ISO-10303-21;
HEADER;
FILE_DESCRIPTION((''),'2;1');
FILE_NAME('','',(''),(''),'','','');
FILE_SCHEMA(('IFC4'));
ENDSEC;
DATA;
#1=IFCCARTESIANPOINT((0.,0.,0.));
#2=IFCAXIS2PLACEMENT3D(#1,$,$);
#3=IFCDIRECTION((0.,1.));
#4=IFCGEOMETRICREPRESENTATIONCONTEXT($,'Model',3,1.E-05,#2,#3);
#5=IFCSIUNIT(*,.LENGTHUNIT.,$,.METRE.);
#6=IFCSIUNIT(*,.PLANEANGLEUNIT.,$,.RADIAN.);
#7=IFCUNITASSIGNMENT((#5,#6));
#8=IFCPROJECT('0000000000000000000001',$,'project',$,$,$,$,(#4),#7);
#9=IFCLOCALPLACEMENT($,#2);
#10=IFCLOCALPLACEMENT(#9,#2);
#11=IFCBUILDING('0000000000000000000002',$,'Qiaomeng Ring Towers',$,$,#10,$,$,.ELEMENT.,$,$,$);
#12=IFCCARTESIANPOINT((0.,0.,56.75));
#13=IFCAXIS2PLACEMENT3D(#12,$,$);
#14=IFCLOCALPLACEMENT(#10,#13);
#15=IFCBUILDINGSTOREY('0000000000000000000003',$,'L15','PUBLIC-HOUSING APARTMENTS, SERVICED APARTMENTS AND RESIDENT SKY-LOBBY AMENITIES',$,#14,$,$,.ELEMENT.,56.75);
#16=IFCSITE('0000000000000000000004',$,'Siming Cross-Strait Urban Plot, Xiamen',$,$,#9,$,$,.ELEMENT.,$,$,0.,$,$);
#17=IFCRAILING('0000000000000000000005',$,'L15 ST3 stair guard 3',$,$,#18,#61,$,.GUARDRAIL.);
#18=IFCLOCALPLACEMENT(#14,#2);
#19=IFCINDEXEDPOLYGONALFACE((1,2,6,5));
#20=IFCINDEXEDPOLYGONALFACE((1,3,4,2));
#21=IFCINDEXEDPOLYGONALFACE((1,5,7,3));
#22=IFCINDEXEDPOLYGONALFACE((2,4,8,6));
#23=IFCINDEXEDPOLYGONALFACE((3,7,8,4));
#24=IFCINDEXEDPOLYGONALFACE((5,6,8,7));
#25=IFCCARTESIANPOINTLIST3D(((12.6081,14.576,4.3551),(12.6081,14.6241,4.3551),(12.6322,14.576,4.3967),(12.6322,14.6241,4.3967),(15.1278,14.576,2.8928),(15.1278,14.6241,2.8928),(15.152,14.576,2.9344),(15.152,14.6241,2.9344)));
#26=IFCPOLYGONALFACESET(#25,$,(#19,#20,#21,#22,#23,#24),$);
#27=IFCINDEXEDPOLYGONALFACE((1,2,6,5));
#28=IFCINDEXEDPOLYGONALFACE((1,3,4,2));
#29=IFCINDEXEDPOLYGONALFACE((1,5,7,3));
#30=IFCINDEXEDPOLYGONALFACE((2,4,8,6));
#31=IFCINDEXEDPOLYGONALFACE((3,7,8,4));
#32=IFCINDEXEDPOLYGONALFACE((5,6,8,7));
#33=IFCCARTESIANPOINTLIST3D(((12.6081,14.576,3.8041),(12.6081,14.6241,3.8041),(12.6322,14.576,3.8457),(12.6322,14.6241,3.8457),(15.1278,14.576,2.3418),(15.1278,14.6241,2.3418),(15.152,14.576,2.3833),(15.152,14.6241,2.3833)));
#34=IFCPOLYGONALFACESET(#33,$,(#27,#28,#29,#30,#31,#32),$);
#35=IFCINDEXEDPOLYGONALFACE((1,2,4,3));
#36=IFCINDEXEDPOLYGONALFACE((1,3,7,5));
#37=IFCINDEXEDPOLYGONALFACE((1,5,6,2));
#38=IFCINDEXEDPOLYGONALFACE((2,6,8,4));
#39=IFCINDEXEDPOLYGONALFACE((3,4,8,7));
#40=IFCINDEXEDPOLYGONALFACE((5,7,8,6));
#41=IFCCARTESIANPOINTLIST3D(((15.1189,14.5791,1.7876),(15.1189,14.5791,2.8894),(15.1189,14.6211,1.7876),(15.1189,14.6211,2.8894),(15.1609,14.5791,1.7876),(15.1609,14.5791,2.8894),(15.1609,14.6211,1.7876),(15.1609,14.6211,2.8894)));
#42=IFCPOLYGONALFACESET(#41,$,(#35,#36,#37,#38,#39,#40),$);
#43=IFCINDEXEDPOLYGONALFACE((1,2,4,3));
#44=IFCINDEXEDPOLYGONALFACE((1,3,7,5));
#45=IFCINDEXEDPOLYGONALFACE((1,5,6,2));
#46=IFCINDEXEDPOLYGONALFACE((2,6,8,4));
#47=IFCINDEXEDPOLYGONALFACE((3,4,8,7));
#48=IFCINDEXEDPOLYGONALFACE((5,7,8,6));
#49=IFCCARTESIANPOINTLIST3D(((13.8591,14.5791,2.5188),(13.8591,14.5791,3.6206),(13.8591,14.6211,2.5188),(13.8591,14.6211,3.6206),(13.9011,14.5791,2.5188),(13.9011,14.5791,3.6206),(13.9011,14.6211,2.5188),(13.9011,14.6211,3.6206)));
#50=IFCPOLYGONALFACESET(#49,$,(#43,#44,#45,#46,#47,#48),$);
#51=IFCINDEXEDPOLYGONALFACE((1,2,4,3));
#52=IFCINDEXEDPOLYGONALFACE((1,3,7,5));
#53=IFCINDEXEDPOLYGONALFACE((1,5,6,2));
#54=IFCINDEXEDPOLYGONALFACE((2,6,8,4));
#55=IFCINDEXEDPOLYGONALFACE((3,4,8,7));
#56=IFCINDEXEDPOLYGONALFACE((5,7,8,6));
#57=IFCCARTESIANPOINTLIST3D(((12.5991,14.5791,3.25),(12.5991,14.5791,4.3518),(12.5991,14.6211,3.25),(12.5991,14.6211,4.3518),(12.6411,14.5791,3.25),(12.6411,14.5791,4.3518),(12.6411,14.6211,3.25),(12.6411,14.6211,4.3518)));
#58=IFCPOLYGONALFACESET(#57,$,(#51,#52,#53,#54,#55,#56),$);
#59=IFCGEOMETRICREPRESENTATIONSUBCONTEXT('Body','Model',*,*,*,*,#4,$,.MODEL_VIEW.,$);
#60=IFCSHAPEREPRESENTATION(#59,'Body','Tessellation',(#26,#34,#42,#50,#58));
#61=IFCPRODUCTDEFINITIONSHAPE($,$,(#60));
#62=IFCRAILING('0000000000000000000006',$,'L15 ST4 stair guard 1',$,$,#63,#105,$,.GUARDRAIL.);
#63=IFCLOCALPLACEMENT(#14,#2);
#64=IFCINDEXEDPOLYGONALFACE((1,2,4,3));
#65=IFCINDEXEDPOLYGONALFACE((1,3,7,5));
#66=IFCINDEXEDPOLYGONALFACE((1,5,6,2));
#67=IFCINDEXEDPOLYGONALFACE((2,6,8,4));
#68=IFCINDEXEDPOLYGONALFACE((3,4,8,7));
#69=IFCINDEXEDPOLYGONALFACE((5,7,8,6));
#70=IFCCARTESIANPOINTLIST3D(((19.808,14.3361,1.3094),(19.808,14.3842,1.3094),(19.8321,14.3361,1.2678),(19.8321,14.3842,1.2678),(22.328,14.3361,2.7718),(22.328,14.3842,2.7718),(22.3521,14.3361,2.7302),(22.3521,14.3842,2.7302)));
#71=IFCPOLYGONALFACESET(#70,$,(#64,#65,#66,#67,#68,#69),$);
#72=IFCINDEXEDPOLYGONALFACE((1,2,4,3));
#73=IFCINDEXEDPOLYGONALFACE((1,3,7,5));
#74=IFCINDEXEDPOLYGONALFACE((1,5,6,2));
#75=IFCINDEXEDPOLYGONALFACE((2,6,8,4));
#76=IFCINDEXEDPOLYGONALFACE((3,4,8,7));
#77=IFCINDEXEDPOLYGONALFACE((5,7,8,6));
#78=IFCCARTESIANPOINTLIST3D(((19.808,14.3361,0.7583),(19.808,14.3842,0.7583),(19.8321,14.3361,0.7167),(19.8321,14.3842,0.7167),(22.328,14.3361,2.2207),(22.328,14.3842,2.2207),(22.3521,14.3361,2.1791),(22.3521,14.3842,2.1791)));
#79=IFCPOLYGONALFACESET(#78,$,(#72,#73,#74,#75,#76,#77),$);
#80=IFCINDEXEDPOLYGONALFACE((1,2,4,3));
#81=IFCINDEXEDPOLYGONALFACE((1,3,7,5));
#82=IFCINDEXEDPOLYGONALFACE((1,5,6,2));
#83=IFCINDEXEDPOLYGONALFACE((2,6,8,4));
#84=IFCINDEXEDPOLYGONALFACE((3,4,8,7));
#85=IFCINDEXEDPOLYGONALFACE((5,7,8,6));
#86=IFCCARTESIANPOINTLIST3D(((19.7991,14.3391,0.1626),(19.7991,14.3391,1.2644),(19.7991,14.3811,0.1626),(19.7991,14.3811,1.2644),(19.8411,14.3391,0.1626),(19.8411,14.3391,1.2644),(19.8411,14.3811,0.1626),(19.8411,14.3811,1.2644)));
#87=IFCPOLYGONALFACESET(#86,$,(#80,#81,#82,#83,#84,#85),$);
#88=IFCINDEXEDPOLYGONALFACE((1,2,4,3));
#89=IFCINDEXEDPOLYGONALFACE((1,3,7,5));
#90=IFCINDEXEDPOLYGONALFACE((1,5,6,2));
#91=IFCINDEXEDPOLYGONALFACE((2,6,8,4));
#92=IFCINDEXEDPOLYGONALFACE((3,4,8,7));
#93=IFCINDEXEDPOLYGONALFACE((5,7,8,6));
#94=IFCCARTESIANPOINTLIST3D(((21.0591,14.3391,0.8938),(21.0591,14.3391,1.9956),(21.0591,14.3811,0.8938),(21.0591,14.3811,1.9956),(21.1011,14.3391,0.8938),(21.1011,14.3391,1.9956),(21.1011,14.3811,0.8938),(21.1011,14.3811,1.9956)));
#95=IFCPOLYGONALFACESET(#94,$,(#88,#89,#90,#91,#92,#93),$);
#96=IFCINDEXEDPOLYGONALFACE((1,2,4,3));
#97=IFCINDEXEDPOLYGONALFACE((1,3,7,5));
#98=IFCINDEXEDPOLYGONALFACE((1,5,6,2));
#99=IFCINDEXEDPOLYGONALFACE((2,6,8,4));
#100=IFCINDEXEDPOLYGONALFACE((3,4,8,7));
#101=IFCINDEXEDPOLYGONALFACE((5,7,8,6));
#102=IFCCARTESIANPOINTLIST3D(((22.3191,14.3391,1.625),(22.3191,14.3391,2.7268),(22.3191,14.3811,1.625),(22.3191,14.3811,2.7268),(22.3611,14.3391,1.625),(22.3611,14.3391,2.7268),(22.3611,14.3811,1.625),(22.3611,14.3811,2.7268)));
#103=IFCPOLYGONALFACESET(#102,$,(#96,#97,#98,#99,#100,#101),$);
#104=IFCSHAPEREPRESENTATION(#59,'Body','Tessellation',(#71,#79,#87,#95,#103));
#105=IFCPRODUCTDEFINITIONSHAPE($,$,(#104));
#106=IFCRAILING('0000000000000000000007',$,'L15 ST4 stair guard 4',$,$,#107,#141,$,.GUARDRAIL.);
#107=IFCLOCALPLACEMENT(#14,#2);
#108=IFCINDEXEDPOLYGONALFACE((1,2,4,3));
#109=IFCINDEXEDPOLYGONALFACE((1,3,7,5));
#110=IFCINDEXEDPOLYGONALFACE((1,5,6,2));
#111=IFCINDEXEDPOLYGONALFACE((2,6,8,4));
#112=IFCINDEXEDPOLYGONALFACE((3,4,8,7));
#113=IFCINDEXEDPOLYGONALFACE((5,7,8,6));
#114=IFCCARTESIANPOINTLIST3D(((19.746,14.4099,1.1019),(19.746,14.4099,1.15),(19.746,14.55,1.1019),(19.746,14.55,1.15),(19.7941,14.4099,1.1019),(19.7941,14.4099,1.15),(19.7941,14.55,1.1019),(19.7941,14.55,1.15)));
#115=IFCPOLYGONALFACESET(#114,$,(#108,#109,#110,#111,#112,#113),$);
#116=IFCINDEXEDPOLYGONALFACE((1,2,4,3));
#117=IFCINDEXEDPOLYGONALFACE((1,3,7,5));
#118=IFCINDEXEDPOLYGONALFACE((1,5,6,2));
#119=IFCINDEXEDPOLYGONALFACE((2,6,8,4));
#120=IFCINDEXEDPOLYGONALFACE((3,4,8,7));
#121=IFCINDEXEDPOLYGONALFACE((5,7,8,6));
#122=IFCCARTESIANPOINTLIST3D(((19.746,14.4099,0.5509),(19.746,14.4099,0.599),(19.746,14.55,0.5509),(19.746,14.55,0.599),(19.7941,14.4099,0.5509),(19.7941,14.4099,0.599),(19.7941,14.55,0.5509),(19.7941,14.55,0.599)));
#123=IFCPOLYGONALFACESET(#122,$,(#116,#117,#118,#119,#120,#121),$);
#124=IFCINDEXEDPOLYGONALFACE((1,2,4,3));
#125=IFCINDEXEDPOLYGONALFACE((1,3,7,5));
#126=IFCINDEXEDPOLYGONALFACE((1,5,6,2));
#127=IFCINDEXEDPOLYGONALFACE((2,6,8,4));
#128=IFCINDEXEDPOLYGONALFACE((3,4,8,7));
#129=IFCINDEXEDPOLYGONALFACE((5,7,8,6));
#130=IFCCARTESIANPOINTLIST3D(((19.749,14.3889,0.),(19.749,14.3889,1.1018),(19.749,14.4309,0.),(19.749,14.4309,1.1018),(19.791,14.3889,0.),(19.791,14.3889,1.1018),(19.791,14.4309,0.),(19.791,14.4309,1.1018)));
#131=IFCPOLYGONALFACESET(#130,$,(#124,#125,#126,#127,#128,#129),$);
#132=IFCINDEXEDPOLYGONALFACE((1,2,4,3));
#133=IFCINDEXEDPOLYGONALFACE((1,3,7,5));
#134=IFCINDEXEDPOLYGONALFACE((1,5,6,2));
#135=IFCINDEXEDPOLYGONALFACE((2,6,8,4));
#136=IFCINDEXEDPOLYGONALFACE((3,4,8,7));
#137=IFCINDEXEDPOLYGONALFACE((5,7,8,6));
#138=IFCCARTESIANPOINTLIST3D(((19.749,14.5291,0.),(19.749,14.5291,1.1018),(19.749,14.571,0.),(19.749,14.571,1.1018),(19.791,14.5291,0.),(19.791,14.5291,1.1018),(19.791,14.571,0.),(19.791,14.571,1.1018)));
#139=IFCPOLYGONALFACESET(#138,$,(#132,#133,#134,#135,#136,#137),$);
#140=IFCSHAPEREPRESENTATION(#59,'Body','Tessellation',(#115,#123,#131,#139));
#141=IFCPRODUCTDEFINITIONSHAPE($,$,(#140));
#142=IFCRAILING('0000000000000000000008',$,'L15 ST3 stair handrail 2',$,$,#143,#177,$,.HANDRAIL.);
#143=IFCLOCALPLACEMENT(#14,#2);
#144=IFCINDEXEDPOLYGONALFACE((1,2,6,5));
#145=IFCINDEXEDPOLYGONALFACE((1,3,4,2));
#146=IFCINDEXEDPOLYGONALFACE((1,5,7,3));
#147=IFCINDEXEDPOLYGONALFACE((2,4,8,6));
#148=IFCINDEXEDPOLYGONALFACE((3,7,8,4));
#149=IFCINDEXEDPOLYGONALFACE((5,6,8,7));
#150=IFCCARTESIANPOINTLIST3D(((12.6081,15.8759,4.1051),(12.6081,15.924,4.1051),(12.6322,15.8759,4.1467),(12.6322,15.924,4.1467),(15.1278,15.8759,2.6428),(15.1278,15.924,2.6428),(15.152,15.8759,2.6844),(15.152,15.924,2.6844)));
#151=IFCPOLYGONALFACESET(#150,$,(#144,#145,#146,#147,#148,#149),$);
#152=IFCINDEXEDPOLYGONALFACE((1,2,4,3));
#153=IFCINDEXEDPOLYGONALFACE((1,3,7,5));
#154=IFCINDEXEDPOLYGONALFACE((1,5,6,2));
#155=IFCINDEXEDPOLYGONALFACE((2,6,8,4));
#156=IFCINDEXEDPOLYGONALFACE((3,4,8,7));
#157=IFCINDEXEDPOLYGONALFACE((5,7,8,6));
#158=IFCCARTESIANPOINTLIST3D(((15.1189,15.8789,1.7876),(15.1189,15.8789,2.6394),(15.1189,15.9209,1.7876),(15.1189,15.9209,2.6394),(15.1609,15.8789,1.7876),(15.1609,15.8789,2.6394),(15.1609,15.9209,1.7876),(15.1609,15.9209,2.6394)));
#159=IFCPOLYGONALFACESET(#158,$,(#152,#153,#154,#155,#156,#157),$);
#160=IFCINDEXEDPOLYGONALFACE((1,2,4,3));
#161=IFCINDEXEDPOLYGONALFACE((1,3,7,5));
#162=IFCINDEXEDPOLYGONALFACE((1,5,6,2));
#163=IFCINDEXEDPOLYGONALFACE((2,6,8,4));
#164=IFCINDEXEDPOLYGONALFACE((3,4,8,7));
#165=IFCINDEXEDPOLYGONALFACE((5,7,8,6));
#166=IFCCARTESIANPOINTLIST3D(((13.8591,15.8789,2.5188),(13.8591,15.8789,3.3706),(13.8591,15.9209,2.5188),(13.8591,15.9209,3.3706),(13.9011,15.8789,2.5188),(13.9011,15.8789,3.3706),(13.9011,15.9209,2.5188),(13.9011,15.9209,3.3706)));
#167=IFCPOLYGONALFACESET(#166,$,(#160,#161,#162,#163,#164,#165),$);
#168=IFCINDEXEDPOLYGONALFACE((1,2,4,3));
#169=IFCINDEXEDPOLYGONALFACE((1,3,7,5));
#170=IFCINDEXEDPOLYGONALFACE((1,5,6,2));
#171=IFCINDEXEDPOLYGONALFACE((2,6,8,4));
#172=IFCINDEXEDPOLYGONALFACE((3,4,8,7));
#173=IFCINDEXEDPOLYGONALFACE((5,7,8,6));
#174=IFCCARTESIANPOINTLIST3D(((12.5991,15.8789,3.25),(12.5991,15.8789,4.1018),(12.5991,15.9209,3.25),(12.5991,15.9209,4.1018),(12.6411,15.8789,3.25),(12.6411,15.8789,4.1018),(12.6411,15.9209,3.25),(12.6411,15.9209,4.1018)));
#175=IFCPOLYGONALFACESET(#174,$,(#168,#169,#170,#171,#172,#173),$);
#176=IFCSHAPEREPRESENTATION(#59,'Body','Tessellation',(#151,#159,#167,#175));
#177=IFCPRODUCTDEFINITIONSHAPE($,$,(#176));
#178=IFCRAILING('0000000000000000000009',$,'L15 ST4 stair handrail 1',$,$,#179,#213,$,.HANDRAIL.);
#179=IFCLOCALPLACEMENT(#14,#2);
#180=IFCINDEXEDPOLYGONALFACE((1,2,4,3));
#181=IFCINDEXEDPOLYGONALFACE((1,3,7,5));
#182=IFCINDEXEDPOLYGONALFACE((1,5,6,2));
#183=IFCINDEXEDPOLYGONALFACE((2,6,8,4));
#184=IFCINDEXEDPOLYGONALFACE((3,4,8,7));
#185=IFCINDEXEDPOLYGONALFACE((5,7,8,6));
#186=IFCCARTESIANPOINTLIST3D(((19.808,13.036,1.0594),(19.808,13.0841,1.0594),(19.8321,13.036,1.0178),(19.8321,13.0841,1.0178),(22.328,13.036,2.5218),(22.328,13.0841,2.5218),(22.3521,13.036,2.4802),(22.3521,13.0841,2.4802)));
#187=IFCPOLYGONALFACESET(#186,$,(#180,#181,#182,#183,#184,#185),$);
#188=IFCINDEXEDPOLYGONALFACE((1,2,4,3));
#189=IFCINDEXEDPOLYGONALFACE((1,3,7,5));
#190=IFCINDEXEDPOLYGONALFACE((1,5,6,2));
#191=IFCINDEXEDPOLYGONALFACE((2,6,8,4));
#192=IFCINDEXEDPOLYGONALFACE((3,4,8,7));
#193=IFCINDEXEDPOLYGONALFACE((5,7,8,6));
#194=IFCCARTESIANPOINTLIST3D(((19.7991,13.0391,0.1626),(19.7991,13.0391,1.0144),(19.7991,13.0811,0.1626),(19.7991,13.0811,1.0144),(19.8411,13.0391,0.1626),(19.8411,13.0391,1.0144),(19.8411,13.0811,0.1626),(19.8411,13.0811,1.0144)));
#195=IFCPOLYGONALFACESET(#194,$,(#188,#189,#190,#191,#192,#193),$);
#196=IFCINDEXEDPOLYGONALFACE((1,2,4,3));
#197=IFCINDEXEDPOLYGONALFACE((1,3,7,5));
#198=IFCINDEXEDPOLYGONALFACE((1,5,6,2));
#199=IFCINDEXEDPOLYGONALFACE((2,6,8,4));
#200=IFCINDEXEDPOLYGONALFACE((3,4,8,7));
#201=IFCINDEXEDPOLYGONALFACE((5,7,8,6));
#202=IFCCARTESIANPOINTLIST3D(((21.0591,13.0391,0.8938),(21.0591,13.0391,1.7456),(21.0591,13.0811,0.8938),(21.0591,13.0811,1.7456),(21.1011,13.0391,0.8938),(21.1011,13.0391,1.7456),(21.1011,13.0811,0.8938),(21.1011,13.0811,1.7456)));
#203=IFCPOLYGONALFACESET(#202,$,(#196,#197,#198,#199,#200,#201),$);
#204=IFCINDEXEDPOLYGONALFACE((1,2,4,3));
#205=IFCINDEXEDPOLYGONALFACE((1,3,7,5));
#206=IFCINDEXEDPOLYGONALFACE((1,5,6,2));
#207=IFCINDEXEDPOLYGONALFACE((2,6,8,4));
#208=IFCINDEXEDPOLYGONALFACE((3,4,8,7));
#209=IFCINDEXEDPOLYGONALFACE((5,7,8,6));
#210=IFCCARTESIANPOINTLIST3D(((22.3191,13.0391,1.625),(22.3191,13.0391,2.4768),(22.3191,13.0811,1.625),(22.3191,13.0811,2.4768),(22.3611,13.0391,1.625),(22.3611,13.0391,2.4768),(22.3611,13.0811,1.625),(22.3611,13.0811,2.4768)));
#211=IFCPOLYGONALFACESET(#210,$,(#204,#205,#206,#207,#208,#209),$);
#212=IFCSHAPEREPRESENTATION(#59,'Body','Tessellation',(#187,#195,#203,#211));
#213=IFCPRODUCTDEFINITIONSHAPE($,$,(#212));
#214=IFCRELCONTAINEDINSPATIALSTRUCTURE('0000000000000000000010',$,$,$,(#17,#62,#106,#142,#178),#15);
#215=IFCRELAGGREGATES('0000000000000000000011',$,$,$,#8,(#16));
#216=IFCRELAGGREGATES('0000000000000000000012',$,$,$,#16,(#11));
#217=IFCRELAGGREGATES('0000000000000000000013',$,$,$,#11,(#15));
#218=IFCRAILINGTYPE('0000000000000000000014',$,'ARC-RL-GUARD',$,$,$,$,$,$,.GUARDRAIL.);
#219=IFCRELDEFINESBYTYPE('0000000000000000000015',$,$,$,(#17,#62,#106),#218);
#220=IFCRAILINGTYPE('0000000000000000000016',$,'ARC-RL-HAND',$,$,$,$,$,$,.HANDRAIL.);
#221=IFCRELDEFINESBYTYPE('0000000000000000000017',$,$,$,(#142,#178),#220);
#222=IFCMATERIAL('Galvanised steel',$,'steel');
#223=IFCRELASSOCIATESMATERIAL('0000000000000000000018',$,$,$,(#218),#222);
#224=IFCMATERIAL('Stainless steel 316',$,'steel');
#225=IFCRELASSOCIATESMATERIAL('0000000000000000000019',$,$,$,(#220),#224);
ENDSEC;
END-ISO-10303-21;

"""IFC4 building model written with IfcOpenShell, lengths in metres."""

from ifc_helpers import new_model, si_unit, direction, frame, origin, origin_2d, place, context, subcontext, project, spatial, rectangle, extrude, material, type_object, element, save


model = new_model("IFC4")

# Units and contexts
model_context = context("Model", 3, precision=1e-05, world=origin(), true_north=direction((0.0, 1.0)))
body_context = subcontext(model_context, "Body", "Model", "MODEL_VIEW")
ifc_project = project(units=[si_unit("LENGTHUNIT", "METRE"), si_unit("PLANEANGLEUNIT", "RADIAN")], contexts=[model_context])

# Site, building, storey
site_placement = place(None, origin())
site = spatial("IfcSite", under=ifc_project, at=site_placement, Name="Siming Cross-Strait Urban Plot, Xiamen", CompositionType="ELEMENT", RefElevation=0.0)
building_placement = place(site_placement, origin())
building = spatial("IfcBuilding", under=site, at=building_placement, Name="Qiaomeng Ring Towers", CompositionType="ELEMENT")
storey_placement = place(building_placement, frame((0.0, 0.0, 56.75)))
storey = spatial("IfcBuildingStorey", under=building, at=storey_placement, Name="L15", Description="PUBLIC-HOUSING APARTMENTS, SERVICED APARTMENTS AND RESIDENT SKY-LOBBY AMENITIES", CompositionType="ELEMENT", Elevation=56.75)

# Shared definitions
ifc_material_1 = material(Name="Galvanised steel", Category="steel")

# Railings
railing_type_1 = type_object("IfcRailingType", Name="ARC-RL-GUARD", PredefinedType="GUARDRAIL", material=ifc_material_1)
railing_1_placement = place(storey_placement, frame((15.1399, 14.6001, 1.7876)))
element("IfcRailing", 1, at=railing_1_placement, inside=storey, type_object=railing_type_1, Name="L15 ST3 stair guard 3", PredefinedType="GUARDRAIL", context=body_context, shape_type="SweptSolid", body=[
    extrude(rectangle(XDim=0.0481, YDim=0.0481, at=origin_2d()), frame((0.0, 0.0, 1.126), z_axis=(-0.864892, 0.0, 0.501958), x_axis=(0.0, -1.0, 0.0)), (0.0, 0.0, 1.0), 2.9133),
    extrude(rectangle(XDim=0.0481, YDim=0.0481, at=origin_2d()), frame((0.0, 0.0, 0.575), z_axis=(-0.864892, 0.0, 0.501958), x_axis=(0.0, -1.0, 0.0)), (0.0, 0.0, 1.0), 2.9133),
    extrude(rectangle(XDim=0.042, YDim=0.042, at=origin_2d()), origin(), (0.0, 0.0, 1.0), 1.1018),
    extrude(rectangle(XDim=0.042, YDim=0.042, at=origin_2d()), frame((-1.2598, 0.0, 0.7312)), (0.0, 0.0, 1.0), 1.1018),
    extrude(rectangle(XDim=0.042, YDim=0.042, at=origin_2d()), frame((-2.5198, 0.0, 1.4624)), (0.0, 0.0, 1.0), 1.1018),
])
railing_2_placement = place(storey_placement, frame((19.8201, 14.3601, 0.1626)))
element("IfcRailing", 2, at=railing_2_placement, inside=storey, type_object=railing_type_1, Name="L15 ST4 stair guard 1", PredefinedType="GUARDRAIL", context=body_context, shape_type="SweptSolid", body=[
    extrude(rectangle(XDim=0.0481, YDim=0.0481, at=origin_2d()), frame((0.0, 0.0, 1.126), z_axis=(0.864913, 0.0, 0.501921), x_axis=(0.0, 1.0, 0.0)), (0.0, 0.0, 1.0), 2.9136),
    extrude(rectangle(XDim=0.0481, YDim=0.0481, at=origin_2d()), frame((0.0, 0.0, 0.575), z_axis=(0.864913, 0.0, 0.501921), x_axis=(0.0, 1.0, 0.0)), (0.0, 0.0, 1.0), 2.9136),
    extrude(rectangle(XDim=0.042, YDim=0.042, at=origin_2d()), origin(), (0.0, 0.0, 1.0), 1.1018),
    extrude(rectangle(XDim=0.042, YDim=0.042, at=origin_2d()), frame((1.26, 0.0, 0.7312)), (0.0, 0.0, 1.0), 1.1018),
    extrude(rectangle(XDim=0.042, YDim=0.042, at=origin_2d()), frame((2.52, 0.0, 1.4624)), (0.0, 0.0, 1.0), 1.1018),
])
railing_3_placement = place(storey_placement, frame((19.77, 14.4099, 0.0)))
element("IfcRailing", 3, at=railing_3_placement, inside=storey, type_object=railing_type_1, Name="L15 ST4 stair guard 4", PredefinedType="GUARDRAIL", context=body_context, shape_type="SweptSolid", body=[
    extrude(rectangle(XDim=0.0481, YDim=0.0481, at=origin_2d()), frame((0.0, 0.0, 1.126), z_axis=(0.0, 1.0, 0.0), x_axis=(-1.0, 0.0, 0.0)), (0.0, 0.0, 1.0), 0.1401),
    extrude(rectangle(XDim=0.0481, YDim=0.0481, at=origin_2d()), frame((0.0, 0.0, 0.575), z_axis=(0.0, 1.0, 0.0), x_axis=(-1.0, 0.0, 0.0)), (0.0, 0.0, 1.0), 0.1401),
    extrude(rectangle(XDim=0.042, YDim=0.042, at=origin_2d()), origin(), (0.0, 0.0, 1.0), 1.1018),
    extrude(rectangle(XDim=0.042, YDim=0.042, at=origin_2d()), frame((0.0, 0.1401, 0.0)), (0.0, 0.0, 1.0), 1.1018),
])
ifc_material_2 = material(Name="Stainless steel 316", Category="steel")
railing_type_2 = type_object("IfcRailingType", Name="ARC-RL-HAND", PredefinedType="HANDRAIL", material=ifc_material_2)
railing_4_placement = place(storey_placement, frame((15.1399, 15.8999, 1.7876)))
element("IfcRailing", 4, at=railing_4_placement, inside=storey, type_object=railing_type_2, Name="L15 ST3 stair handrail 2", PredefinedType="HANDRAIL", context=body_context, shape_type="SweptSolid", body=[
    extrude(rectangle(XDim=0.0481, YDim=0.0481, at=origin_2d()), frame((0.0, 0.0, 0.876), z_axis=(-0.864892, 0.0, 0.501958), x_axis=(0.0, -1.0, 0.0)), (0.0, 0.0, 1.0), 2.9133),
    extrude(rectangle(XDim=0.042, YDim=0.042, at=origin_2d()), origin(), (0.0, 0.0, 1.0), 0.8518),
    extrude(rectangle(XDim=0.042, YDim=0.042, at=origin_2d()), frame((-1.2598, 0.0, 0.7312)), (0.0, 0.0, 1.0), 0.8518),
    extrude(rectangle(XDim=0.042, YDim=0.042, at=origin_2d()), frame((-2.5198, 0.0, 1.4624)), (0.0, 0.0, 1.0), 0.8518),
])
railing_5_placement = place(storey_placement, frame((19.8201, 13.0601, 0.1626)))
element("IfcRailing", 5, at=railing_5_placement, inside=storey, type_object=railing_type_2, Name="L15 ST4 stair handrail 1", PredefinedType="HANDRAIL", context=body_context, shape_type="SweptSolid", body=[
    extrude(rectangle(XDim=0.0481, YDim=0.0481, at=origin_2d()), frame((0.0, 0.0, 0.876), z_axis=(0.864913, 0.0, 0.501921), x_axis=(0.0, 1.0, 0.0)), (0.0, 0.0, 1.0), 2.9136),
    extrude(rectangle(XDim=0.042, YDim=0.042, at=origin_2d()), origin(), (0.0, 0.0, 1.0), 0.8518),
    extrude(rectangle(XDim=0.042, YDim=0.042, at=origin_2d()), frame((1.26, 0.0, 0.7312)), (0.0, 0.0, 1.0), 0.8518),
    extrude(rectangle(XDim=0.042, YDim=0.042, at=origin_2d()), frame((2.52, 0.0, 1.4624)), (0.0, 0.0, 1.0), 0.8518),
])

save(model, "model.ifc")
